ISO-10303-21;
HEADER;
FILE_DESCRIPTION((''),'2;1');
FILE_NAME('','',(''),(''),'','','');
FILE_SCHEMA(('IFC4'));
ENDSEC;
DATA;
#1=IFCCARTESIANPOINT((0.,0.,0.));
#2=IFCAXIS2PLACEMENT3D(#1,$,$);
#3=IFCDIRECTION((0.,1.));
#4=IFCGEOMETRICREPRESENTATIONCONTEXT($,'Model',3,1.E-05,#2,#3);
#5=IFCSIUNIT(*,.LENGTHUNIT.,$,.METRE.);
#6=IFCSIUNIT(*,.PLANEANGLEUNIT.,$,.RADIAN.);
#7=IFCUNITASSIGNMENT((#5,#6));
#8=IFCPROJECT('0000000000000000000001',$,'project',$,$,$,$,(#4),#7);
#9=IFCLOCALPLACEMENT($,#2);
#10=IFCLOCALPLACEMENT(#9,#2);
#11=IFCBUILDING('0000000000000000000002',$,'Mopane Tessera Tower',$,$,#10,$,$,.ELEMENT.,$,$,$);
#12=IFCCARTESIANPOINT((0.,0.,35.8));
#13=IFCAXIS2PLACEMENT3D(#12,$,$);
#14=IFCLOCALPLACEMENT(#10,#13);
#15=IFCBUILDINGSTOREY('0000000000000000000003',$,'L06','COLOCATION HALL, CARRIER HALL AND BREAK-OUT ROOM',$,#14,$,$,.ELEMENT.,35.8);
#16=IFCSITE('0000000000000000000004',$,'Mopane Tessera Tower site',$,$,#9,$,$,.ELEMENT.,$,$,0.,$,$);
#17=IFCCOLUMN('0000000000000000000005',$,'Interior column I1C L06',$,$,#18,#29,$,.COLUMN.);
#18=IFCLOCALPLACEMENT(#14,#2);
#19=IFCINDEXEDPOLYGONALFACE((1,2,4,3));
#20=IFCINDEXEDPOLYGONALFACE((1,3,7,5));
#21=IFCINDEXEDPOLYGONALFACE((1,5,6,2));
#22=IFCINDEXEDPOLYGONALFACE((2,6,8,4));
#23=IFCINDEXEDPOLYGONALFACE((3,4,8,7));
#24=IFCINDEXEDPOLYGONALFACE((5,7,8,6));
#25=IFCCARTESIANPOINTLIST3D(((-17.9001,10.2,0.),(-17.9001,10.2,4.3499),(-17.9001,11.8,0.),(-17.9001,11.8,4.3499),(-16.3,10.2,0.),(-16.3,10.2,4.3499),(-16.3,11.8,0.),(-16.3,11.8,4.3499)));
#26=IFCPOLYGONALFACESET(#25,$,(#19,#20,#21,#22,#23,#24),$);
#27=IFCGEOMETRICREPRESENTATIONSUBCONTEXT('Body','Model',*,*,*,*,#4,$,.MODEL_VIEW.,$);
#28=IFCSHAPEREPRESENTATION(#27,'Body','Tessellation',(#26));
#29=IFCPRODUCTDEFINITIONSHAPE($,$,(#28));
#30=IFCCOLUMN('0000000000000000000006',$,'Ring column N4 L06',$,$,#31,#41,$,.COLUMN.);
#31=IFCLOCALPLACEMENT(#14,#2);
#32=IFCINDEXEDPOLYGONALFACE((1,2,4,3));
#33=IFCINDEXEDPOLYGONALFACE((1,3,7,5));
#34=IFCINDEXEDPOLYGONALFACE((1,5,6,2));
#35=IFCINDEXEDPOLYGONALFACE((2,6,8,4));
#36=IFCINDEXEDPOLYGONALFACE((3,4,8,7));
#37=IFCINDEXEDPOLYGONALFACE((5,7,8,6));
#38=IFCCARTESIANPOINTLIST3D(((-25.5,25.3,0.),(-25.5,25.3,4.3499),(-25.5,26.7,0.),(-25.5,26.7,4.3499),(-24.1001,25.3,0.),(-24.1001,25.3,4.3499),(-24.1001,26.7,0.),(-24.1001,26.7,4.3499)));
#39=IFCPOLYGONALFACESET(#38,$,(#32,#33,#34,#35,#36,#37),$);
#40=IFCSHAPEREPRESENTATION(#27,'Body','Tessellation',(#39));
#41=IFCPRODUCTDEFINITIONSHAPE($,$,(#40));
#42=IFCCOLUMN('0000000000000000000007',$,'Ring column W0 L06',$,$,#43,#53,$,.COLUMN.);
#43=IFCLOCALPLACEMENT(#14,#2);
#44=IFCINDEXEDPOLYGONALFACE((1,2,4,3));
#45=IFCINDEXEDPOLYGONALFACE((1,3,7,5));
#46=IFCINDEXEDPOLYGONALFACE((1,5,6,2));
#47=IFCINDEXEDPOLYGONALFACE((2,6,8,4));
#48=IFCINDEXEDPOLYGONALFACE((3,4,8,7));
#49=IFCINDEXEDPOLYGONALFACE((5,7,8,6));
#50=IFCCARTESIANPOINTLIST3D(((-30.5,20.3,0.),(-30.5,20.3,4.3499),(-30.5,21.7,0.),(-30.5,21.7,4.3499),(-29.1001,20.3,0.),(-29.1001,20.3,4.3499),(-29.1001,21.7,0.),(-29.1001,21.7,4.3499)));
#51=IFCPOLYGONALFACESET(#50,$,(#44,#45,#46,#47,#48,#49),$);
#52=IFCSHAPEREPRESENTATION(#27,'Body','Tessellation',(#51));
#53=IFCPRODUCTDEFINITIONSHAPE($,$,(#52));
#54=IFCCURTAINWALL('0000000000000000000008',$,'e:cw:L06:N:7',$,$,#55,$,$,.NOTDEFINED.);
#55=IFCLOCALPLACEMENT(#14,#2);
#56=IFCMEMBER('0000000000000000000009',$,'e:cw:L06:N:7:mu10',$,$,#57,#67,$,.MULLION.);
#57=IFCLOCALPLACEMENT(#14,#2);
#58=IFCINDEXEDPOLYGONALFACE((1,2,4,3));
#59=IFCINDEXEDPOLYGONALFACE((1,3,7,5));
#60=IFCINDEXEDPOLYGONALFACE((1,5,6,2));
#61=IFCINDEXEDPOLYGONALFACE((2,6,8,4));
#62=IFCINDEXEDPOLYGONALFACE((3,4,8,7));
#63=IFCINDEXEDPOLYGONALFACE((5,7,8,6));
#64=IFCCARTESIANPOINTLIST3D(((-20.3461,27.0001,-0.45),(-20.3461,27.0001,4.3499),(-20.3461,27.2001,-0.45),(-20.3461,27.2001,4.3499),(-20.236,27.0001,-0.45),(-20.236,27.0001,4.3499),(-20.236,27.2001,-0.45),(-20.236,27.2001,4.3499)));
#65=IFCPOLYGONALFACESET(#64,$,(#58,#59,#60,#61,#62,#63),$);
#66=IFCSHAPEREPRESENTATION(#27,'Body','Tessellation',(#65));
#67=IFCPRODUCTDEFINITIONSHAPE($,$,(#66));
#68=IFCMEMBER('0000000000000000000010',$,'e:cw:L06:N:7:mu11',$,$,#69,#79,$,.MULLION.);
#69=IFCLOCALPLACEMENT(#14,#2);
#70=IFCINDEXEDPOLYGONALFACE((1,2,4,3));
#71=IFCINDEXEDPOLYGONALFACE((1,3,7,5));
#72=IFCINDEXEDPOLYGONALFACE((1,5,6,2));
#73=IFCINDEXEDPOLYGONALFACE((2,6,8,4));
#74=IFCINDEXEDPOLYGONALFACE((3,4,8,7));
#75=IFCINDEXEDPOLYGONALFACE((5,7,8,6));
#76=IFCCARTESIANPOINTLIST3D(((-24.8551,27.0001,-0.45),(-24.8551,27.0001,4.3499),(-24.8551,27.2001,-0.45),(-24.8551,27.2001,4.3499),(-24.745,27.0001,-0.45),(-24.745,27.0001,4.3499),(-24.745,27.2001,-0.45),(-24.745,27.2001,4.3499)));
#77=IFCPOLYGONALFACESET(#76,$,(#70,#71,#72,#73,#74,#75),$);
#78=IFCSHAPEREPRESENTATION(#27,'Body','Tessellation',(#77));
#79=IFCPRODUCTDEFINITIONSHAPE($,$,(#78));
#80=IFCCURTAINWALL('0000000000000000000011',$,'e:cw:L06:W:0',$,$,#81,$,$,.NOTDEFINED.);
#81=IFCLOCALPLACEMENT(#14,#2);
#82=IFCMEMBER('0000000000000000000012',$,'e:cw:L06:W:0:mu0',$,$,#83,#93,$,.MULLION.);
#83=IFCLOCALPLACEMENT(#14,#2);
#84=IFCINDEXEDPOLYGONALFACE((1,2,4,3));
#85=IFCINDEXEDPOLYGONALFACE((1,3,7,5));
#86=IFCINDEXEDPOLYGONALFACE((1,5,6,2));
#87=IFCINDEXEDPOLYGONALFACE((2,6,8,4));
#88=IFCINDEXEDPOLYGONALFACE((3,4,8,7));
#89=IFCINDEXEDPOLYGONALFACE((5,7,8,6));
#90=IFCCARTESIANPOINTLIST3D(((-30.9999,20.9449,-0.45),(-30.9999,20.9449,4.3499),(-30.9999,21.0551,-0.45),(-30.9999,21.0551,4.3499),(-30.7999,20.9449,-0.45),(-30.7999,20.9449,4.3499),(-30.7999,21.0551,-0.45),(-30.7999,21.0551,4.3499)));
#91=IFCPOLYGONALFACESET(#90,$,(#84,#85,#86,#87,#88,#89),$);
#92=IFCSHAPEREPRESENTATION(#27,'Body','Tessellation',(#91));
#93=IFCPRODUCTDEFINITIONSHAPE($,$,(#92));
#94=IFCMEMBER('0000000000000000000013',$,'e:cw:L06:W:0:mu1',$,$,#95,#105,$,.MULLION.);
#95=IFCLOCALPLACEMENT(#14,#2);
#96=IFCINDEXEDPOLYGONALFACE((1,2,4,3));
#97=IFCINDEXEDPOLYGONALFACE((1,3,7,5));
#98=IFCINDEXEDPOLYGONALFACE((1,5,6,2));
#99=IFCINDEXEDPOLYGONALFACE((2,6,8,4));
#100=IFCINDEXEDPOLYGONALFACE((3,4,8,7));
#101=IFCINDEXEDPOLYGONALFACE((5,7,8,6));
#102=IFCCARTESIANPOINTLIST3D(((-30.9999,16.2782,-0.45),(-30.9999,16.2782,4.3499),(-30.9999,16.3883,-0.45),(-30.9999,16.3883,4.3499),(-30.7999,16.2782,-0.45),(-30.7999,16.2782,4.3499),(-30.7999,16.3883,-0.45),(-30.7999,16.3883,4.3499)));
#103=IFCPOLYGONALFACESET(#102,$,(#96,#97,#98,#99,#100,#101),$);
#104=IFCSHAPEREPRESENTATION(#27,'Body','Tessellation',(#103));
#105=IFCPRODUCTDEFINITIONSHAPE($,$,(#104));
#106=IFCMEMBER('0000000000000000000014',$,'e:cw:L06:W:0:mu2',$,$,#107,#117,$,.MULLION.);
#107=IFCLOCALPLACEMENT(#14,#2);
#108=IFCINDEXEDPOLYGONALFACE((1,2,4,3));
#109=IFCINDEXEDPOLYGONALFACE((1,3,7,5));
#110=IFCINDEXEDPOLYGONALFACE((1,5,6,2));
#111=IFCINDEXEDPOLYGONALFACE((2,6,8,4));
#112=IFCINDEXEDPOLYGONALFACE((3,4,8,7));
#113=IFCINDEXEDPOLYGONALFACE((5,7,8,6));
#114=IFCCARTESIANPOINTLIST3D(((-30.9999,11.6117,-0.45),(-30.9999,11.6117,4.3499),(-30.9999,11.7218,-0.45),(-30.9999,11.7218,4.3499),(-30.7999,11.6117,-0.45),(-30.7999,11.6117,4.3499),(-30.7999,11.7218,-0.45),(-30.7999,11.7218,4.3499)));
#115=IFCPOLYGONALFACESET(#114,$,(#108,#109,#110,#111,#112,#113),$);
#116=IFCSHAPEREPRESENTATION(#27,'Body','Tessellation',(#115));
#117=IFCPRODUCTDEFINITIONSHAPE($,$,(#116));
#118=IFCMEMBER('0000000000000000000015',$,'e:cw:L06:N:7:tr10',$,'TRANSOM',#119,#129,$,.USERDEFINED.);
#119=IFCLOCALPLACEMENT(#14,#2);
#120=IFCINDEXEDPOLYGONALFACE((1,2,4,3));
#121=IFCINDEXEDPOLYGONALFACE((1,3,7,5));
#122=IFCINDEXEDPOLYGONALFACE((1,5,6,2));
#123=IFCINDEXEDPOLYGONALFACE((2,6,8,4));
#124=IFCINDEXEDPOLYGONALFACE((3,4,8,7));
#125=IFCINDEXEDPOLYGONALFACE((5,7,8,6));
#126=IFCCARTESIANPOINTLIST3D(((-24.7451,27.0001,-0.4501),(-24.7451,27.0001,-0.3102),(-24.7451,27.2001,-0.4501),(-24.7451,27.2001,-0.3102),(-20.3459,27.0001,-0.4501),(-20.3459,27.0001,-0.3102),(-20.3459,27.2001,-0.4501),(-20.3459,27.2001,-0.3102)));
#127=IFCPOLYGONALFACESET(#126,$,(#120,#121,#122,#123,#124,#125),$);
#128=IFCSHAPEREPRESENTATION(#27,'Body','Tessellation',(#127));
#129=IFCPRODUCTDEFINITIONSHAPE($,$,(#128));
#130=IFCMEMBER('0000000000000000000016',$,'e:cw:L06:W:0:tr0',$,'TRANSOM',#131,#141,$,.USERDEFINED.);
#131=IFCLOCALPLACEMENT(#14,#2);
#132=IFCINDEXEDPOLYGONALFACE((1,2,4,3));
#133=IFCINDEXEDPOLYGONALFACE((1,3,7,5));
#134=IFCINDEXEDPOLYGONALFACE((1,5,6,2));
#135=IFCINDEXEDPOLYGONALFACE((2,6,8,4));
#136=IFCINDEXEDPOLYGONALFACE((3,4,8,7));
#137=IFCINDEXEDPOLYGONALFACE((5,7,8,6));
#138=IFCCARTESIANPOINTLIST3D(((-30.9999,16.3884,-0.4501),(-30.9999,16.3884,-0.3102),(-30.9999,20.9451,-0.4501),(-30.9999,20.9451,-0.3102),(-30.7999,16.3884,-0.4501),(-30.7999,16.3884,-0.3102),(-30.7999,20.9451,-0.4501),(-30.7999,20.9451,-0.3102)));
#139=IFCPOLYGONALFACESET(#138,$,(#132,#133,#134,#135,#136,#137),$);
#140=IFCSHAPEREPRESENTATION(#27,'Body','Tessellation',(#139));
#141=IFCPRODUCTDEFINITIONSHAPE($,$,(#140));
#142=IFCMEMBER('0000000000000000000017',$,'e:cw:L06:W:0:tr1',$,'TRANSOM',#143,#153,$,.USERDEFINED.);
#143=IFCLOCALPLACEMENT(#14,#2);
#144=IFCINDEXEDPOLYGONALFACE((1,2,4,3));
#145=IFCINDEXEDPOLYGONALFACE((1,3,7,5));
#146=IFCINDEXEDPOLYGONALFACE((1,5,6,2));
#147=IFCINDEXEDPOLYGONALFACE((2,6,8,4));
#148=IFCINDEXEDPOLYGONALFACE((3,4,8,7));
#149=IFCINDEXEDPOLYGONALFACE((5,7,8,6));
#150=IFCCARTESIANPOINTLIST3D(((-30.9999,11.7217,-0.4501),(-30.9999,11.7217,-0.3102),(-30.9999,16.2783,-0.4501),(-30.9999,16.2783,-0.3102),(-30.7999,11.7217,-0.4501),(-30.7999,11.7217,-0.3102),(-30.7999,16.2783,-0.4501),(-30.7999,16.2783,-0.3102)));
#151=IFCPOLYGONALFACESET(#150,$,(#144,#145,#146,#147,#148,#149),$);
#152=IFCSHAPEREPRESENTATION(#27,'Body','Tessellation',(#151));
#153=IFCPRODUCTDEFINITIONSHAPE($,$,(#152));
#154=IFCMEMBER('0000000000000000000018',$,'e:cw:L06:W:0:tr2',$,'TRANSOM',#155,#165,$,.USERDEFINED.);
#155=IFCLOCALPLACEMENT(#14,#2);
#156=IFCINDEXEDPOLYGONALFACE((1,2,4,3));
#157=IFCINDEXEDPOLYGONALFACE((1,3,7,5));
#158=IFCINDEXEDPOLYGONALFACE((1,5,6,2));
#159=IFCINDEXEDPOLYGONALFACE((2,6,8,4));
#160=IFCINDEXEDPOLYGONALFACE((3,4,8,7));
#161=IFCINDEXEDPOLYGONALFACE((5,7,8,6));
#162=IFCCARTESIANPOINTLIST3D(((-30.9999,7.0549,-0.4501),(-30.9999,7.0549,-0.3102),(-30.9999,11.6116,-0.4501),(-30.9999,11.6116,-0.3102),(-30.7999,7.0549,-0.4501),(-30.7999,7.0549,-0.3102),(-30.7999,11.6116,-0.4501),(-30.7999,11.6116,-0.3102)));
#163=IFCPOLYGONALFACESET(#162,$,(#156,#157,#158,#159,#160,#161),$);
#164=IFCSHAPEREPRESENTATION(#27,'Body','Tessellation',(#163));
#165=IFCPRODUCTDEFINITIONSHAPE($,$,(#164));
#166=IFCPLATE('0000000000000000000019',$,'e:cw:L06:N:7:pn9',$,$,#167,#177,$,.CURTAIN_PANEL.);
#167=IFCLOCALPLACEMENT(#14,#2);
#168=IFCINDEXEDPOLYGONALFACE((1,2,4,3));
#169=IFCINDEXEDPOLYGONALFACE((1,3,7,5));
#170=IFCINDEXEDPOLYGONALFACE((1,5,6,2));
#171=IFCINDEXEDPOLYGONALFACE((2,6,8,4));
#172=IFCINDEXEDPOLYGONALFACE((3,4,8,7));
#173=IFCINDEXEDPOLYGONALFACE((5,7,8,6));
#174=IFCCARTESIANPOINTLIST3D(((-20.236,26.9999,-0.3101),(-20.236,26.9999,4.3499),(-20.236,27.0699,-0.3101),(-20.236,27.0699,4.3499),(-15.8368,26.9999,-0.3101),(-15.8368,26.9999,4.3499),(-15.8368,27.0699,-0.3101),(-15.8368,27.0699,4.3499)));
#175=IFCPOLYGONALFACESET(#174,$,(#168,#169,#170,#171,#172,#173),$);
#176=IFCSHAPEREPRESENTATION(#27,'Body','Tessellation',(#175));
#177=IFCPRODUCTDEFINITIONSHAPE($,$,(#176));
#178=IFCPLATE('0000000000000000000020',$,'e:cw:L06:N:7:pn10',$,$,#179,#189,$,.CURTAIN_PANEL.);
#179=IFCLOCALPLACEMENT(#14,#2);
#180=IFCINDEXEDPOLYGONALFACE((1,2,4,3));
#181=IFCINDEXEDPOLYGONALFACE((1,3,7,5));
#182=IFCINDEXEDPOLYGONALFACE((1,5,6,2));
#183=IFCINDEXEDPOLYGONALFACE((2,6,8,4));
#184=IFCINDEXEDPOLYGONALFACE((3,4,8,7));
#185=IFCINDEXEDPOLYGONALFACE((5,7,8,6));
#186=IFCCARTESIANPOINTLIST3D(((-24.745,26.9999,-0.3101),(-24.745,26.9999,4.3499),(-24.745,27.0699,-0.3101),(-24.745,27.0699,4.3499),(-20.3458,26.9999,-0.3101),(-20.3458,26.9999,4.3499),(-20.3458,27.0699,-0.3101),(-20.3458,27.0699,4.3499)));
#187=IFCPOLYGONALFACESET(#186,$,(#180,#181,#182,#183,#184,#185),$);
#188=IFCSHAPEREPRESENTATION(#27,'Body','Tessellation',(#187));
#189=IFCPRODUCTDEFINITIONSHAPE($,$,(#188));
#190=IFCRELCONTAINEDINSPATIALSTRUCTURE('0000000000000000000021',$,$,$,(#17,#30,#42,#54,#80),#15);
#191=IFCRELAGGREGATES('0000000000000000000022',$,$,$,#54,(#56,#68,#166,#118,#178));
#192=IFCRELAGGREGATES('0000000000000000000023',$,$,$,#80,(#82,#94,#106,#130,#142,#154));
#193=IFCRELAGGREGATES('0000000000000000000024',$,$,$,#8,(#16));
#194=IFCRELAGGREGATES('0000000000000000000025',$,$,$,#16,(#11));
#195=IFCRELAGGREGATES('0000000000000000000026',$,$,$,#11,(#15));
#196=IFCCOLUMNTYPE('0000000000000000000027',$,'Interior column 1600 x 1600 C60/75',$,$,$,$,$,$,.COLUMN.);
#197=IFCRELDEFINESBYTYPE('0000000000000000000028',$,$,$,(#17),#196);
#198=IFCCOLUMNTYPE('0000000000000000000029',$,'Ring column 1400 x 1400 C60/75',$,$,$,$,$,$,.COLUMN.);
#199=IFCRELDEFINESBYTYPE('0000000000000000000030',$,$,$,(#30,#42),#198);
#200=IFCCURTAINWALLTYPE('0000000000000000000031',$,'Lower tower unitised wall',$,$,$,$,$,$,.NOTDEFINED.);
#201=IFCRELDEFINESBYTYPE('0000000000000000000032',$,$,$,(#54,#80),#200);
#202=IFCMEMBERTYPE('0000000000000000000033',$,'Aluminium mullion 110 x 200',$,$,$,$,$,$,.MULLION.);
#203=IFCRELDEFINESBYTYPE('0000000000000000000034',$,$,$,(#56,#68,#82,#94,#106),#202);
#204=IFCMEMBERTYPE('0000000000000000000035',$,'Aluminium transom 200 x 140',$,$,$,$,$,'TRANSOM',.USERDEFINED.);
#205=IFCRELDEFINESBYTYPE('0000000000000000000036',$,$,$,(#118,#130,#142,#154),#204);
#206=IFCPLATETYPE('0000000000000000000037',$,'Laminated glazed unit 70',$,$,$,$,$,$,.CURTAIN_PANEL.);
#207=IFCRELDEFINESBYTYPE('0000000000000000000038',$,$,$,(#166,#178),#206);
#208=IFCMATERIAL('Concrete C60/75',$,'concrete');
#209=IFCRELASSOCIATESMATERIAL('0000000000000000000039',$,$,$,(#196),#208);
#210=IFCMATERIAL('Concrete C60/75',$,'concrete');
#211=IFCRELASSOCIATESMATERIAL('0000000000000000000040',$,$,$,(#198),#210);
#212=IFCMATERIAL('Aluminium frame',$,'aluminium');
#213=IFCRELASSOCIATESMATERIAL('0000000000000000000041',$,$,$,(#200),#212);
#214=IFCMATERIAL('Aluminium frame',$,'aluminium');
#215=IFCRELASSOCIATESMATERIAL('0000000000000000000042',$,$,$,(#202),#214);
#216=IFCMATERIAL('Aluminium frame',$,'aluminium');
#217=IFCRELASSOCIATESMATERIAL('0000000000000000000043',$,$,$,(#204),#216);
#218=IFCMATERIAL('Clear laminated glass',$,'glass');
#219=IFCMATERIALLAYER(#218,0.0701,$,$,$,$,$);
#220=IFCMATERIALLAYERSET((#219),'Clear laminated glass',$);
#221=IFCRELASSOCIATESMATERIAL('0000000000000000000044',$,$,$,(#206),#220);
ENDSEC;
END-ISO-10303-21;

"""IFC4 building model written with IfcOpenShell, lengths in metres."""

from ifc_helpers import new_model, si_unit, direction, frame, origin, origin_2d, place, context, subcontext, project, spatial, rectangle, extrude, material, layer, layer_set, material_profile, profile_set, type_object, element, aggregate, save


model = new_model("IFC4")

# Units and contexts
model_context = context("Model", 3, precision=1e-05, world=origin(), true_north=direction((0.0, 1.0)))
body_context = subcontext(model_context, "Body", "Model", "MODEL_VIEW")
ifc_project = project(units=[si_unit("LENGTHUNIT", "METRE"), si_unit("PLANEANGLEUNIT", "RADIAN")], contexts=[model_context])

# Site, building, storey
site_placement = place(None, origin())
site = spatial("IfcSite", under=ifc_project, at=site_placement, Name="Mopane Tessera Tower site", CompositionType="ELEMENT", RefElevation=0.0)
building_placement = place(site_placement, origin())
building = spatial("IfcBuilding", under=site, at=building_placement, Name="Mopane Tessera Tower", CompositionType="ELEMENT")
storey_placement = place(building_placement, frame((0.0, 0.0, 35.8)))
storey = spatial("IfcBuildingStorey", under=building, at=storey_placement, Name="L06", Description="COLOCATION HALL, CARRIER HALL AND BREAK-OUT ROOM", CompositionType="ELEMENT", Elevation=35.8)

# Columns
ifc_material_1 = material(Name="Concrete C60/75", Category="concrete")
ifc_material_profile_1 = material_profile(ifc_material_1, rectangle(XDim=1.6001, YDim=1.6001, at=origin_2d()))
ifc_profile_set_1 = profile_set([ifc_material_profile_1], Name="Concrete C60/75")
column_type_1 = type_object("IfcColumnType", Name="Interior column 1600 x 1600 C60/75", PredefinedType="COLUMN", material=ifc_profile_set_1)
column_placement = place(storey_placement, frame((-17.1001, 11.0, 0.0), z_axis=(0.0, 0.0, 1.0), x_axis=(1.0, 0.0, 0.0)))
element("IfcColumn", 1, at=column_placement, inside=storey, type_object=column_type_1, Name="Interior column I1C L06", PredefinedType="COLUMN", context=body_context, shape_type="SweptSolid", body=[
    extrude(rectangle(XDim=1.6001, YDim=1.6001, at=origin_2d()), origin(), (0.0, 0.0, 1.0), 4.3499),
])
ifc_material_2 = material(Name="Concrete C60/75", Category="concrete")
ifc_material_profile_2 = material_profile(ifc_material_2, rectangle(XDim=1.3999, YDim=1.3999, at=origin_2d()))
ifc_profile_set_2 = profile_set([ifc_material_profile_2], Name="Concrete C60/75")
column_type_2 = type_object("IfcColumnType", Name="Ring column 1400 x 1400 C60/75", PredefinedType="COLUMN", material=ifc_profile_set_2)
for number, where, z_axis, x_axis, name in (
    (2, (-24.8, 26.0, 0.0), (0.0, 0.0, 1.0), (1.0, 0.0, 0.0), "Ring column N4 L06"),
    (3, (-29.8, 21.0, 0.0), (0.0, 0.0, 1.0), (1.0, 0.0, 0.0), "Ring column W0 L06"),
):
    element("IfcColumn", number, at=place(storey_placement, frame(where, z_axis=z_axis, x_axis=x_axis)), inside=storey, type_object=column_type_2, Name=name, PredefinedType="COLUMN", context=body_context, shape_type="SweptSolid", body=[
        extrude(rectangle(XDim=1.3999, YDim=1.3999, at=origin_2d()), origin(), (0.0, 0.0, 1.0), 4.3499),
    ])

# Curtain walls, members
ifc_material_3 = material(Name="Aluminium frame", Category="aluminium")
curtain_wall_type = type_object("IfcCurtainWallType", Name="Lower tower unitised wall", PredefinedType="NOTDEFINED", material=ifc_material_3)
curtain_wall_1_placement = place(storey_placement, origin())
curtain_wall_1 = element("IfcCurtainWall", 4, at=curtain_wall_1_placement, inside=storey, type_object=curtain_wall_type, Name="e:cw:L06:N:7", PredefinedType="NOTDEFINED")
ifc_material_4 = material(Name="Aluminium frame", Category="aluminium")
ifc_material_profile_3 = material_profile(ifc_material_4, rectangle(XDim=0.1101, YDim=0.2, at=origin_2d()))
ifc_profile_set_3 = profile_set([ifc_material_profile_3], Name="Aluminium frame")
member_type_1 = type_object("IfcMemberType", Name="Aluminium mullion 110 x 200", PredefinedType="MULLION", material=ifc_profile_set_3)
member_1_placement = place(storey_placement, frame((-20.291, 27.1001, -0.45), z_axis=(0.0, 0.0, 1.0), x_axis=(-1.0, 0.0, 0.0)))
member_1 = element("IfcMember", 5, at=member_1_placement, type_object=member_type_1, Name="e:cw:L06:N:7:mu10", PredefinedType="MULLION", context=body_context, shape_type="SweptSolid", body=[
    extrude(rectangle(XDim=0.1101, YDim=0.2, at=origin_2d()), origin(), (0.0, 0.0, 1.0), 4.7998),
])
member_2_placement = place(storey_placement, frame((-24.8, 27.1001, -0.45), z_axis=(0.0, 0.0, 1.0), x_axis=(-1.0, 0.0, 0.0)))
member_2 = element("IfcMember", 6, at=member_2_placement, type_object=member_type_1, Name="e:cw:L06:N:7:mu11", PredefinedType="MULLION", context=body_context, shape_type="SweptSolid", body=[
    extrude(rectangle(XDim=0.1101, YDim=0.2, at=origin_2d()), origin(), (0.0, 0.0, 1.0), 4.7998),
])
curtain_wall_2_placement = place(storey_placement, origin())
curtain_wall_2 = element("IfcCurtainWall", 7, at=curtain_wall_2_placement, inside=storey, type_object=curtain_wall_type, Name="e:cw:L06:W:0", PredefinedType="NOTDEFINED")
member_3_placement = place(storey_placement, frame((-30.8999, 21.0, -0.45), z_axis=(0.0, 0.0, 1.0), x_axis=(0.0, -1.0, 0.0)))
member_3 = element("IfcMember", 8, at=member_3_placement, type_object=member_type_1, Name="e:cw:L06:W:0:mu0", PredefinedType="MULLION", context=body_context, shape_type="SweptSolid", body=[
    extrude(rectangle(XDim=0.1101, YDim=0.2, at=origin_2d()), origin(), (0.0, 0.0, 1.0), 4.7998),
])
member_4_placement = place(storey_placement, frame((-30.8999, 16.3333, -0.45), z_axis=(0.0, 0.0, 1.0), x_axis=(0.0, -1.0, 0.0)))
member_4 = element("IfcMember", 9, at=member_4_placement, type_object=member_type_1, Name="e:cw:L06:W:0:mu1", PredefinedType="MULLION", context=body_context, shape_type="SweptSolid", body=[
    extrude(rectangle(XDim=0.1101, YDim=0.2, at=origin_2d()), origin(), (0.0, 0.0, 1.0), 4.7998),
])
member_5_placement = place(storey_placement, frame((-30.8999, 11.6667, -0.45), z_axis=(0.0, 0.0, 1.0), x_axis=(0.0, -1.0, 0.0)))
member_5 = element("IfcMember", 10, at=member_5_placement, type_object=member_type_1, Name="e:cw:L06:W:0:mu2", PredefinedType="MULLION", context=body_context, shape_type="SweptSolid", body=[
    extrude(rectangle(XDim=0.1101, YDim=0.2, at=origin_2d()), origin(), (0.0, 0.0, 1.0), 4.7998),
])

# Members
ifc_material_5 = material(Name="Aluminium frame", Category="aluminium")
ifc_material_profile_4 = material_profile(ifc_material_5, rectangle(XDim=0.2, YDim=0.1399, at=origin_2d()))
ifc_profile_set_4 = profile_set([ifc_material_profile_4], Name="Aluminium frame")
member_type_2 = type_object("IfcMemberType", Name="Aluminium transom 200 x 140", ElementType="TRANSOM", PredefinedType="USERDEFINED", material=ifc_profile_set_4)
member_6_placement = place(storey_placement, frame((-20.3459, 27.1001, -0.3801), z_axis=(-1.0, 0.0, 0.0), x_axis=(0.0, -1.0, 0.0)))
member_6 = element("IfcMember", 11, at=member_6_placement, type_object=member_type_2, Name="e:cw:L06:N:7:tr10", ObjectType="TRANSOM", PredefinedType="USERDEFINED", context=body_context, shape_type="SweptSolid", body=[
    extrude(rectangle(XDim=0.2, YDim=0.1399, at=origin_2d()), origin(), (0.0, 0.0, 1.0), 4.3992),
])
member_7_placement = place(storey_placement, frame((-30.8999, 20.9451, -0.3801), z_axis=(0.0, -1.0, 0.0), x_axis=(1.0, 0.0, 0.0)))
member_7 = element("IfcMember", 12, at=member_7_placement, type_object=member_type_2, Name="e:cw:L06:W:0:tr0", ObjectType="TRANSOM", PredefinedType="USERDEFINED", context=body_context, shape_type="SweptSolid", body=[
    extrude(rectangle(XDim=0.2, YDim=0.1399, at=origin_2d()), origin(), (0.0, 0.0, 1.0), 4.5566),
])
member_8_placement = place(storey_placement, frame((-30.8999, 16.2783, -0.3801), z_axis=(0.0, -1.0, 0.0), x_axis=(1.0, 0.0, 0.0)))
member_8 = element("IfcMember", 13, at=member_8_placement, type_object=member_type_2, Name="e:cw:L06:W:0:tr1", ObjectType="TRANSOM", PredefinedType="USERDEFINED", context=body_context, shape_type="SweptSolid", body=[
    extrude(rectangle(XDim=0.2, YDim=0.1399, at=origin_2d()), origin(), (0.0, 0.0, 1.0), 4.5566),
])
member_9_placement = place(storey_placement, frame((-30.8999, 11.6116, -0.3801), z_axis=(0.0, -1.0, 0.0), x_axis=(1.0, 0.0, 0.0)))
member_9 = element("IfcMember", 14, at=member_9_placement, type_object=member_type_2, Name="e:cw:L06:W:0:tr2", ObjectType="TRANSOM", PredefinedType="USERDEFINED", context=body_context, shape_type="SweptSolid", body=[
    extrude(rectangle(XDim=0.2, YDim=0.1399, at=origin_2d()), origin(), (0.0, 0.0, 1.0), 4.5566),
])

# Plates
ifc_material_6 = material(Name="Clear laminated glass", Category="glass")
ifc_layer_1 = layer(ifc_material_6, 0.0701)
ifc_layer_set_1 = layer_set([ifc_layer_1], Name="Clear laminated glass")
plate_type = type_object("IfcPlateType", Name="Laminated glazed unit 70", PredefinedType="CURTAIN_PANEL", material=ifc_layer_set_1)
plate_1_placement = place(storey_placement, frame((-18.0364, 27.0349, -0.3101), z_axis=(0.0, 0.0, 1.0), x_axis=(-1.0, 0.0, 0.0)))
plate_1 = element("IfcPlate", 15, at=plate_1_placement, type_object=plate_type, Name="e:cw:L06:N:7:pn9", PredefinedType="CURTAIN_PANEL", context=body_context, shape_type="SweptSolid", body=[
    extrude(rectangle(XDim=4.3992, YDim=0.0701, at=origin_2d()), origin(), (0.0, 0.0, 1.0), 4.6599),
])
plate_2_placement = place(storey_placement, frame((-22.5454, 27.0349, -0.3101), z_axis=(0.0, 0.0, 1.0), x_axis=(-1.0, 0.0, 0.0)))
plate_2 = element("IfcPlate", 16, at=plate_2_placement, type_object=plate_type, Name="e:cw:L06:N:7:pn10", PredefinedType="CURTAIN_PANEL", context=body_context, shape_type="SweptSolid", body=[
    extrude(rectangle(XDim=4.3992, YDim=0.0701, at=origin_2d()), origin(), (0.0, 0.0, 1.0), 4.6599),
])
aggregate(curtain_wall_1, [member_1, member_2, plate_1, member_6, plate_2])
aggregate(curtain_wall_2, [member_3, member_4, member_5, member_7, member_8, member_9])

save(model, "model.ifc")
